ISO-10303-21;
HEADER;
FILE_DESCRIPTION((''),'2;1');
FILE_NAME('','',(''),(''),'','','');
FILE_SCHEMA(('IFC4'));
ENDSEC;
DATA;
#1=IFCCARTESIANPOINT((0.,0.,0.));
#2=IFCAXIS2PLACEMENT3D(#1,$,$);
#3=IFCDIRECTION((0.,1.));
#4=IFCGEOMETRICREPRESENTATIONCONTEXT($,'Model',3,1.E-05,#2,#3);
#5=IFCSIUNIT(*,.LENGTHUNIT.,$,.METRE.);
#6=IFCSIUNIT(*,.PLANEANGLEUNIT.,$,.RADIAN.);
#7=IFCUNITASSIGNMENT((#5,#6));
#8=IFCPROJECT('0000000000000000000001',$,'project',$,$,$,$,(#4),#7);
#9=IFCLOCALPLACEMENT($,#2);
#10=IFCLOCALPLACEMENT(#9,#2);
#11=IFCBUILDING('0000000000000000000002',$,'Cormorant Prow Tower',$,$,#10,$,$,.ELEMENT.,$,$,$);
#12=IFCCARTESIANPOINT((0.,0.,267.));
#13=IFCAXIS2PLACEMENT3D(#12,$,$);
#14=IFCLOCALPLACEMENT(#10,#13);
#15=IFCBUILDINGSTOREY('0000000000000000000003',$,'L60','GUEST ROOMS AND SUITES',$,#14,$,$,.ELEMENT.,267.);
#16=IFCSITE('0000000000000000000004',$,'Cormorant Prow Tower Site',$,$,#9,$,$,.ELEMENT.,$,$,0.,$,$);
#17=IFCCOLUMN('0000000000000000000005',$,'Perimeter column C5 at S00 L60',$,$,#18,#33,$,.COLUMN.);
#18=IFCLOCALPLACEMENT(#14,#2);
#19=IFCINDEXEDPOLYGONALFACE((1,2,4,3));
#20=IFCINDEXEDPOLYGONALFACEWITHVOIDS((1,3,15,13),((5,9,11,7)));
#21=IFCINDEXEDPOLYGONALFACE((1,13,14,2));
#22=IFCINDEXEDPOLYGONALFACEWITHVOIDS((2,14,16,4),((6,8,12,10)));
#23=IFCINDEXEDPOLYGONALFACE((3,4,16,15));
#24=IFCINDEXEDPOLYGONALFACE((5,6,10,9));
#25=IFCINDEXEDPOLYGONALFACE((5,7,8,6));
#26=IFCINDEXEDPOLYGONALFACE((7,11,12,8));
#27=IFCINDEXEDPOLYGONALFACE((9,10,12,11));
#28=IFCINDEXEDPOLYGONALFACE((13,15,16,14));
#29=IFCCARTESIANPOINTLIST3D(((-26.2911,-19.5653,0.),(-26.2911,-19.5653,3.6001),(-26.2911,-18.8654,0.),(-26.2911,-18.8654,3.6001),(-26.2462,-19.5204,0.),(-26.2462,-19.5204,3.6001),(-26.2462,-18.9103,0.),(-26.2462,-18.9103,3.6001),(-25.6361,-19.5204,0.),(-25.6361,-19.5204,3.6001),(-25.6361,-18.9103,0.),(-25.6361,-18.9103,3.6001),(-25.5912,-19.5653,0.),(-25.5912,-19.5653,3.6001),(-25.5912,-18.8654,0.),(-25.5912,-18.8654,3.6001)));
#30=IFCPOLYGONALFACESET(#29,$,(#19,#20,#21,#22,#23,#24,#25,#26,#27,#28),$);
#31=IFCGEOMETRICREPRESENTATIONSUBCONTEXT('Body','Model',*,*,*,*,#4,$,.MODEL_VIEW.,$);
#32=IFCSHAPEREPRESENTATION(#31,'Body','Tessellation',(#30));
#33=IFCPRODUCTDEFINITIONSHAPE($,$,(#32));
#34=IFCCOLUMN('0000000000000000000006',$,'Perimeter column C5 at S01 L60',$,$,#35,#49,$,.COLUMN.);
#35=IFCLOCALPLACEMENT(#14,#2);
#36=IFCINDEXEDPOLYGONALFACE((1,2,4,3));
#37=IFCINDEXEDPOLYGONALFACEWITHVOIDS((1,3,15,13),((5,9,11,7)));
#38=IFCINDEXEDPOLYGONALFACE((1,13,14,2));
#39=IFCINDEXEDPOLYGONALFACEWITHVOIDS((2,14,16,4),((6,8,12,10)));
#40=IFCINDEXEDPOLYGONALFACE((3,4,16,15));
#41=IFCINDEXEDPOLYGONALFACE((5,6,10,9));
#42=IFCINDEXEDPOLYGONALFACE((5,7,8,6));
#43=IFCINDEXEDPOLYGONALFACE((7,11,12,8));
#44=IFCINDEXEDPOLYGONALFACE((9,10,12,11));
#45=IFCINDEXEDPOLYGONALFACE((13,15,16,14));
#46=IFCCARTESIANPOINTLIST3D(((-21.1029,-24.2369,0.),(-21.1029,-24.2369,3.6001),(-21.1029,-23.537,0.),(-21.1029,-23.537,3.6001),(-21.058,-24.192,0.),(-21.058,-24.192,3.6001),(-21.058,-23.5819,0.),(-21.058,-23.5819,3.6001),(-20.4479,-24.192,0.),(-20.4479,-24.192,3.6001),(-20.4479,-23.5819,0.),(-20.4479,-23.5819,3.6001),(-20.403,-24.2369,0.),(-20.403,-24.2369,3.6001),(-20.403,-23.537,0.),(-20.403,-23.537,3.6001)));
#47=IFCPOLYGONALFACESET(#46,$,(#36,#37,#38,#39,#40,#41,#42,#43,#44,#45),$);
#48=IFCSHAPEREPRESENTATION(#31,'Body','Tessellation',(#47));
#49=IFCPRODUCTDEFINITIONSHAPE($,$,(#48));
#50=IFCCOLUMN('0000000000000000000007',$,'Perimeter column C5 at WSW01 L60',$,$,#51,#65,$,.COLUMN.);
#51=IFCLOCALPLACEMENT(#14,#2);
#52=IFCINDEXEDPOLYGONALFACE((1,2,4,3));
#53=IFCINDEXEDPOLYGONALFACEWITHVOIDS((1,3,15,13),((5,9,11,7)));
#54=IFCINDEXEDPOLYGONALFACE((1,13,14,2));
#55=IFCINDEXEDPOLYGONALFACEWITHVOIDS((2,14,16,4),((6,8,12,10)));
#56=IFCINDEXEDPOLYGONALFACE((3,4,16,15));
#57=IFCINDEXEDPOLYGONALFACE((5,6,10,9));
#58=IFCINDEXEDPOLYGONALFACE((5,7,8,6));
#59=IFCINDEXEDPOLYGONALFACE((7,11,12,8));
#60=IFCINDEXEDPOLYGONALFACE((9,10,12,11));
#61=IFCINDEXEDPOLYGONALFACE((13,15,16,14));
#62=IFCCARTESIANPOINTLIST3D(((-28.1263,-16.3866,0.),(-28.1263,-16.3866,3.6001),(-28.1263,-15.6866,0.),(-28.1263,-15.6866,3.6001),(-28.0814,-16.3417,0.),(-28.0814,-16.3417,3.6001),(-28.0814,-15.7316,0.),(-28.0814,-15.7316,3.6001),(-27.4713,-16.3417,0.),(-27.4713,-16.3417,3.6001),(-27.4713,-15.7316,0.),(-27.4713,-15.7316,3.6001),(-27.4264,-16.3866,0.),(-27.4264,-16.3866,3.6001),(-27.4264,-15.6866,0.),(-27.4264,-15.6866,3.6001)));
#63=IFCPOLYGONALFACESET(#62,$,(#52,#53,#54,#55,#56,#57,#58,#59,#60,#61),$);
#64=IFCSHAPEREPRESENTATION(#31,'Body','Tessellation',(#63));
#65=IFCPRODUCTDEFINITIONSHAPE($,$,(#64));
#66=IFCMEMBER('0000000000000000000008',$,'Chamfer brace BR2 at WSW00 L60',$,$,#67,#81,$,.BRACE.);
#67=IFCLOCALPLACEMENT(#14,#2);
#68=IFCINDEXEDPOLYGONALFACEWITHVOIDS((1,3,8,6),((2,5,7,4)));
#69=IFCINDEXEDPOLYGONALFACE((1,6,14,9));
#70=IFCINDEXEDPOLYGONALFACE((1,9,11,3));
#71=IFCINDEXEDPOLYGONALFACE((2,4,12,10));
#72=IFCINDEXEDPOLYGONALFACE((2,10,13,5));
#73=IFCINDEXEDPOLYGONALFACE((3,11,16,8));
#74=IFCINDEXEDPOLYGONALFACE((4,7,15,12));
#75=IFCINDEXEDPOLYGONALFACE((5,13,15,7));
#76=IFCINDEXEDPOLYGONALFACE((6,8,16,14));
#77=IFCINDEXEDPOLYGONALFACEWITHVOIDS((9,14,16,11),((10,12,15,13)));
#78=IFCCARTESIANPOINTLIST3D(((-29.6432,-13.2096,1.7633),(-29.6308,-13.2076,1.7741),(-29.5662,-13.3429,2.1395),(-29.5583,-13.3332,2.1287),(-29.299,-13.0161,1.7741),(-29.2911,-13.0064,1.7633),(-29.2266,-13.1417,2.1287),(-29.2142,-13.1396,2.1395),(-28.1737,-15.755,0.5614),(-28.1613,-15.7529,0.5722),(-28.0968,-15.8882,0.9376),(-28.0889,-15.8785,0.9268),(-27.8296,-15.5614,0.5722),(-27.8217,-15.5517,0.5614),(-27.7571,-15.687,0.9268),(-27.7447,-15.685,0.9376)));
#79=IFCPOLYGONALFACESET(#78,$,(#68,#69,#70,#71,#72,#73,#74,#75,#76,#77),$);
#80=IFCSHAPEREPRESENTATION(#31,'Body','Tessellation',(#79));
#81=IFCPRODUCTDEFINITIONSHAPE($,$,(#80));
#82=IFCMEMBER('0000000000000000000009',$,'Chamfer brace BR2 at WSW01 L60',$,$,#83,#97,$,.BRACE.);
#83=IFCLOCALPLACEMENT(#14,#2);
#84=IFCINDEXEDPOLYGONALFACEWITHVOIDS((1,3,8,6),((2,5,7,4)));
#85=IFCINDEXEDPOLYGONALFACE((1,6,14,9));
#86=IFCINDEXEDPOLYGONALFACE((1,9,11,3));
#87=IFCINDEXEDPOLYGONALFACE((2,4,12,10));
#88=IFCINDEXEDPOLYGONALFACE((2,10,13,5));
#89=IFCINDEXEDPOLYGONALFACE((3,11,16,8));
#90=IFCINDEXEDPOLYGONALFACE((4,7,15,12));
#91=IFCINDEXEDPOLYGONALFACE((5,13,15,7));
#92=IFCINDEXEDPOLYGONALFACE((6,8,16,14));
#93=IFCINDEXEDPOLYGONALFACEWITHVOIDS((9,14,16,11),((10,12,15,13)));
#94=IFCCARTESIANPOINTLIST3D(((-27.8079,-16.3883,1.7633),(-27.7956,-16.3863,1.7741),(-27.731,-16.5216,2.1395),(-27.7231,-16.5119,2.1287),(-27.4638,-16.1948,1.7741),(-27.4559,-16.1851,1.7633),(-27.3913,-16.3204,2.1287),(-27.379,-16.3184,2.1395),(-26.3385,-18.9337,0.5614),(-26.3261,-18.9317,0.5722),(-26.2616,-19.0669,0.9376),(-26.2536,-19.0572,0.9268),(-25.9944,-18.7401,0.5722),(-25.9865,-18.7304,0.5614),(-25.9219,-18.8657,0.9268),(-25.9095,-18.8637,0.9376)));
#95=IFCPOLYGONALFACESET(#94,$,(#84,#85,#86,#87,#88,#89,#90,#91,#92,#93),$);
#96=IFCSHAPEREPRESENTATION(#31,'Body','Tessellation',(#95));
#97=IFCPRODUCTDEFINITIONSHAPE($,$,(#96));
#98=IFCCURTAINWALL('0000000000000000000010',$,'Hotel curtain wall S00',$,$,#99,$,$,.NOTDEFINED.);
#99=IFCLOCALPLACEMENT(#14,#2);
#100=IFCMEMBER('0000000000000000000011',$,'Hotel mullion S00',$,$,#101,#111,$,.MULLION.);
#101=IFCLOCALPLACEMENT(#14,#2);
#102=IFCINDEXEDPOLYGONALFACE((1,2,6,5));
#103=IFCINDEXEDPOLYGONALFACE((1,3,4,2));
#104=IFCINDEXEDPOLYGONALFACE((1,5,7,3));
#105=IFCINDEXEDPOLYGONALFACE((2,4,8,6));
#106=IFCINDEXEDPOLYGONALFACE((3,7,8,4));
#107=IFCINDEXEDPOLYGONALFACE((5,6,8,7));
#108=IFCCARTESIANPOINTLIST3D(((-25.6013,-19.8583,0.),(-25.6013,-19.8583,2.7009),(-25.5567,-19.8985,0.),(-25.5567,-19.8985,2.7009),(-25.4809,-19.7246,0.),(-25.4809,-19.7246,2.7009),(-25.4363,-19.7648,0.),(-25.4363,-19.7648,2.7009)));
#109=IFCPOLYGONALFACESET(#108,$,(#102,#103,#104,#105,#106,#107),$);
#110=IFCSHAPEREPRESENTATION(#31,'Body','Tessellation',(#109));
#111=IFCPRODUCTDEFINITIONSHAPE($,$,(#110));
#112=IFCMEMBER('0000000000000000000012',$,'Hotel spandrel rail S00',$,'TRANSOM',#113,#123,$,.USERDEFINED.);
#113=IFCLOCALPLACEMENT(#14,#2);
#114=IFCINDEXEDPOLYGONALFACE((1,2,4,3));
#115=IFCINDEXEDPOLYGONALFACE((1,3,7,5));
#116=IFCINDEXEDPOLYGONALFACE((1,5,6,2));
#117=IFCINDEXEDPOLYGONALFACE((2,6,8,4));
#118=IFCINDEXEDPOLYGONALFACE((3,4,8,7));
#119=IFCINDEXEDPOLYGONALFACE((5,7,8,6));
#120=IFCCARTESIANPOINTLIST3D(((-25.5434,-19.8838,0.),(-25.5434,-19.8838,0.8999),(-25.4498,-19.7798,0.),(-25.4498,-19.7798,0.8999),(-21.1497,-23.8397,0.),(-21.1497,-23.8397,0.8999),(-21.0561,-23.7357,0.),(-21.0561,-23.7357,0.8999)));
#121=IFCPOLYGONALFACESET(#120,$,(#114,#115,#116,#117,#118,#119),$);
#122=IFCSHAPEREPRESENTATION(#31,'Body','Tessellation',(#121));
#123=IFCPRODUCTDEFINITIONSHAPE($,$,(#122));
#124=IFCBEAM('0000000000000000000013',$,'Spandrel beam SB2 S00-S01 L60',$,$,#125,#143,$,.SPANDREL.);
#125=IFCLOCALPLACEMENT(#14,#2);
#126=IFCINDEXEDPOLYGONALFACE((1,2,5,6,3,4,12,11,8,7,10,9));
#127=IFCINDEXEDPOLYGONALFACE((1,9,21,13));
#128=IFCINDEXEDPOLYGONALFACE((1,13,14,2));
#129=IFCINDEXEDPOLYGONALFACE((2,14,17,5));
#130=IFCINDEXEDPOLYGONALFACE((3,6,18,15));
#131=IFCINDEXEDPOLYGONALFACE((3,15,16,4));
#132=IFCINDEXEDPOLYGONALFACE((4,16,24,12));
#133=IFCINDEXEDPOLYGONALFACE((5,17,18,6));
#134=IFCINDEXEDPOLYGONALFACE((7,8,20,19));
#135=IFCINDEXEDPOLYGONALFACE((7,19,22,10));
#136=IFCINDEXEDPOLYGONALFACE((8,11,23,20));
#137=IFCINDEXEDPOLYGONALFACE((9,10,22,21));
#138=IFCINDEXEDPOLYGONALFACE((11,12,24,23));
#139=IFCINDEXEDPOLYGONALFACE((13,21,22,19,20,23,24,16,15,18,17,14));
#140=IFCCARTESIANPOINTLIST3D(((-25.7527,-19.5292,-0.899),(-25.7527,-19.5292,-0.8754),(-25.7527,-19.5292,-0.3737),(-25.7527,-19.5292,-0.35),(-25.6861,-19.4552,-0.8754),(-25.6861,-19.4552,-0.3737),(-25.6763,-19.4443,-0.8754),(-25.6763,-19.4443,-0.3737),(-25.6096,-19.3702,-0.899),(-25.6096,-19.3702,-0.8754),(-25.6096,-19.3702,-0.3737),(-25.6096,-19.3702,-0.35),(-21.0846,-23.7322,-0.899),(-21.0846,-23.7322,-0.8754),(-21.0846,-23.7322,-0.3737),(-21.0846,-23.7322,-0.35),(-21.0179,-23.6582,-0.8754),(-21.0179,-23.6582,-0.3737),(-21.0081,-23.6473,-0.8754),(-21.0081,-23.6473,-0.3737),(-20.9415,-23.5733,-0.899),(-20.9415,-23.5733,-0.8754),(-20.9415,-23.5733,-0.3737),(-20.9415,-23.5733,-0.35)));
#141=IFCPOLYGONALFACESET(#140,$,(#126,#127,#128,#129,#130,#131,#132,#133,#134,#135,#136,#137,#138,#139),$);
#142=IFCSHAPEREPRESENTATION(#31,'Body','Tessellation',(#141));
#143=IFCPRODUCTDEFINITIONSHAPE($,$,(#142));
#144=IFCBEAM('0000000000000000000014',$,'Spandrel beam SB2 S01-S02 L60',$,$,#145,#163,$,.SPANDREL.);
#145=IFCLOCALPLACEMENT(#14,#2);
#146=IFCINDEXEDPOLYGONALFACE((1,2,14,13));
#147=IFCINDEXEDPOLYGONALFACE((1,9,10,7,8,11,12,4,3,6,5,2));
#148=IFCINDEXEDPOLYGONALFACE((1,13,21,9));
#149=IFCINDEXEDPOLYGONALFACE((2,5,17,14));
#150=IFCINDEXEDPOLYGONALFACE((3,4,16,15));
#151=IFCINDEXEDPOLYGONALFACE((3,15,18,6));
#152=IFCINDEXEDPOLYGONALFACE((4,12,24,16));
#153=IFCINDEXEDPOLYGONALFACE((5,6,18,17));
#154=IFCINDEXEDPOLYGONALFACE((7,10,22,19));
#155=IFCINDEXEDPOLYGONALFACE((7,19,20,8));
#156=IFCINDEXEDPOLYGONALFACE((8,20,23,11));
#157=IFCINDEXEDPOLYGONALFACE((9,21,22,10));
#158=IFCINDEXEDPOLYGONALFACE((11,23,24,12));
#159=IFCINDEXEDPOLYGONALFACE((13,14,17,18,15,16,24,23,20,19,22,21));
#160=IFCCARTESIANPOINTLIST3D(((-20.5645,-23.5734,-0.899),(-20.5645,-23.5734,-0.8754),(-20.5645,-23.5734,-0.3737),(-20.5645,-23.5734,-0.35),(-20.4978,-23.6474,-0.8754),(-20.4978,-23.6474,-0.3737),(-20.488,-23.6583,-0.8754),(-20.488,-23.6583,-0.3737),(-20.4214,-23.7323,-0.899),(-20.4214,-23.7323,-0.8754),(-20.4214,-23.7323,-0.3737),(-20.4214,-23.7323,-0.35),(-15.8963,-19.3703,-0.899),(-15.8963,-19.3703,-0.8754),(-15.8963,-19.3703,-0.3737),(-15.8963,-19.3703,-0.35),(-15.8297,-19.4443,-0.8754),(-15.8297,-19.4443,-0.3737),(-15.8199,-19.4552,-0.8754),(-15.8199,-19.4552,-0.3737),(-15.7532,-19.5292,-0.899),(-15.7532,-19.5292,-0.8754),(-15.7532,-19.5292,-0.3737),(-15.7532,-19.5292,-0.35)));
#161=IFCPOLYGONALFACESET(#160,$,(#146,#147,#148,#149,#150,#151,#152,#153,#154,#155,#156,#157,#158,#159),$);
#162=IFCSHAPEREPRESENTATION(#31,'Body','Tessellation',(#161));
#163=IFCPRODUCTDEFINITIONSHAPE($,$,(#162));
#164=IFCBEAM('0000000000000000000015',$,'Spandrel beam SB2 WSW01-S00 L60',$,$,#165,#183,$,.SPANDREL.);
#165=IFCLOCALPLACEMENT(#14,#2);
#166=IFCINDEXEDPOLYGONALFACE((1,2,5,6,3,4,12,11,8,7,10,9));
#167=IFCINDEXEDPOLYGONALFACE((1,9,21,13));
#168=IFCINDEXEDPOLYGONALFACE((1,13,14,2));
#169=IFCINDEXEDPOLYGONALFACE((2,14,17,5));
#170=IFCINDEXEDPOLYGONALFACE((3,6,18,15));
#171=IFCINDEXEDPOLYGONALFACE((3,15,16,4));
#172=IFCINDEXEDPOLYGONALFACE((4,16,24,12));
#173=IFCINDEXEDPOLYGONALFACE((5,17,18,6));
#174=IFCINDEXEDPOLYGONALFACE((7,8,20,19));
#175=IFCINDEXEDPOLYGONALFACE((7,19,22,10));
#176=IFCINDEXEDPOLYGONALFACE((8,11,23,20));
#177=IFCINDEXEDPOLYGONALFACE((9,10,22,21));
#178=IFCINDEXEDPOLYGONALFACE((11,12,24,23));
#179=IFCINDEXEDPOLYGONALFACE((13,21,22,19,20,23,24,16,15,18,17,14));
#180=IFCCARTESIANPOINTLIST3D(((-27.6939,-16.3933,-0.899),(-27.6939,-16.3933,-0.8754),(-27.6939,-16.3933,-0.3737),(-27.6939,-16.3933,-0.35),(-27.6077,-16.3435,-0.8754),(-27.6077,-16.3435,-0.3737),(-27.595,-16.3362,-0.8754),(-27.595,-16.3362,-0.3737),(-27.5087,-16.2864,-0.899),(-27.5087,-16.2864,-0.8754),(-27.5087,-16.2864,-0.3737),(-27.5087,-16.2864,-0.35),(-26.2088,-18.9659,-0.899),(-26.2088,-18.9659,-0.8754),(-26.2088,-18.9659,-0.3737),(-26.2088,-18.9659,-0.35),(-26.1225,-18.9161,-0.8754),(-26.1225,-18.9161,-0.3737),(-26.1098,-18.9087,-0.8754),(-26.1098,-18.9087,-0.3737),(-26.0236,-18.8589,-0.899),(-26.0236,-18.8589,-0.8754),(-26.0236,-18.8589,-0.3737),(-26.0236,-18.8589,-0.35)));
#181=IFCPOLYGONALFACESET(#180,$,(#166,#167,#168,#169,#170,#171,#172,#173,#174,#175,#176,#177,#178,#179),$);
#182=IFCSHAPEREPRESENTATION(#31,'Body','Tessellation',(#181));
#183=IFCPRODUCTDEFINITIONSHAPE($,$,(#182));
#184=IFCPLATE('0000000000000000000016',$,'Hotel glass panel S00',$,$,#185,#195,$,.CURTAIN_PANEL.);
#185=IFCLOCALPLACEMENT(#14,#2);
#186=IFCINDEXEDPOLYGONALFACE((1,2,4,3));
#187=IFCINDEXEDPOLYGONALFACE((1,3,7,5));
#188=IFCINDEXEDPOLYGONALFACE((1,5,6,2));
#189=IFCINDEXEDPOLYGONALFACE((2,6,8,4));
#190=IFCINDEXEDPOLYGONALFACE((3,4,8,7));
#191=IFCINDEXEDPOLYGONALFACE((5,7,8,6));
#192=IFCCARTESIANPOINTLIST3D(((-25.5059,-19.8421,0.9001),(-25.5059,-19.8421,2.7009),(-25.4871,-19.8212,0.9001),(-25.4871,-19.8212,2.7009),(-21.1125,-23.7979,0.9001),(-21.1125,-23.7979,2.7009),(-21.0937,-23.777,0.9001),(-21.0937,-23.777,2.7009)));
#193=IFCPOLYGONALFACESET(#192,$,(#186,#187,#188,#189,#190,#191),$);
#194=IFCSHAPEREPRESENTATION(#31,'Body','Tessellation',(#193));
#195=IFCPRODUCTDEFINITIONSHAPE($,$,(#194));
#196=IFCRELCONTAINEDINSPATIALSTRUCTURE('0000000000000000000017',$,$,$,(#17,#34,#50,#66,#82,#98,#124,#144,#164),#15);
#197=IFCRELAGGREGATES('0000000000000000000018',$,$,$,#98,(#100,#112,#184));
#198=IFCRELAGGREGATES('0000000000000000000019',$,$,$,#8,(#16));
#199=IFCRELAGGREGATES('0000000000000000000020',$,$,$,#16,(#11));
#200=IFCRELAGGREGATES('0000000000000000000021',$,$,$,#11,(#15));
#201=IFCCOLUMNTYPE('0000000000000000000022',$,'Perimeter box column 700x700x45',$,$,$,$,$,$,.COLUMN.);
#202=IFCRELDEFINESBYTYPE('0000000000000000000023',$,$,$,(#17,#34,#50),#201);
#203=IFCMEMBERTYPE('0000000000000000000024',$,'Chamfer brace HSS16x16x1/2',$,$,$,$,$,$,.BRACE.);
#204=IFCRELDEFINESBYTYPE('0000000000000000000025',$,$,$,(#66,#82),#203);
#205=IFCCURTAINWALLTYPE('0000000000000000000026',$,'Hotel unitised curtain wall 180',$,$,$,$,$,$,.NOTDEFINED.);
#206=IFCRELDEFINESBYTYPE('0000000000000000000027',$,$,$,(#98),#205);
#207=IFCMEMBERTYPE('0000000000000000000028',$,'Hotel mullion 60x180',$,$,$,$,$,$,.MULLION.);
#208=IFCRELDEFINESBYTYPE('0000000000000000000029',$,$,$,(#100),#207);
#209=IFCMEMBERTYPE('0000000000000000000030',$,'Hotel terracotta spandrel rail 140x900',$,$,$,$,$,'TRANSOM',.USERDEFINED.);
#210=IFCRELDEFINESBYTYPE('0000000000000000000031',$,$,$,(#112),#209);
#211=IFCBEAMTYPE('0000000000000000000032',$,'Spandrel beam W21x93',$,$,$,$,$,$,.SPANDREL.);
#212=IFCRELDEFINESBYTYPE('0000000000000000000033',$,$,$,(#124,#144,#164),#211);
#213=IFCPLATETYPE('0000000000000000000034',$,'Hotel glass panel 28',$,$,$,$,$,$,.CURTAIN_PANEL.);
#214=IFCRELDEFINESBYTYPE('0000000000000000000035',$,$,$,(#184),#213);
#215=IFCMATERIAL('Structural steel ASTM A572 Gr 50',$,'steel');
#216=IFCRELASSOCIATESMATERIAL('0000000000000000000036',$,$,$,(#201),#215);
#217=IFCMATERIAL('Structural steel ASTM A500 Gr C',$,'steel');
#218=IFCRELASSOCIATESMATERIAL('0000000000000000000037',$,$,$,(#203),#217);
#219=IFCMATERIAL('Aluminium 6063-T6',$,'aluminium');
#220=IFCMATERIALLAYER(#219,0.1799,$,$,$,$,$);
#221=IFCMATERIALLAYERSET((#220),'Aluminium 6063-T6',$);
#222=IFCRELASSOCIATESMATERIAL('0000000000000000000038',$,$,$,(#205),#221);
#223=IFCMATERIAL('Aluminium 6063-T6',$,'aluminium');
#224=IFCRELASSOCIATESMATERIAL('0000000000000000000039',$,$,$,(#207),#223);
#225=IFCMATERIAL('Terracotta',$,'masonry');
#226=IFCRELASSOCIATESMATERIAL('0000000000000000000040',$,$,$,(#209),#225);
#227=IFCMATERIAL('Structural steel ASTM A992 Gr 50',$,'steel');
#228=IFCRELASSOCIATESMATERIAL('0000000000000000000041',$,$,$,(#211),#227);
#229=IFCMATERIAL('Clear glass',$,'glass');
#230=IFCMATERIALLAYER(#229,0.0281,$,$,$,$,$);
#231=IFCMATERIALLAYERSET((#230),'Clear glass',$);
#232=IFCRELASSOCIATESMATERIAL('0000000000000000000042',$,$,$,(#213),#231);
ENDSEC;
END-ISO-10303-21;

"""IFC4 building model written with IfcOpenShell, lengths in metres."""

from ifc_helpers import new_model, si_unit, direction, frame, origin, origin_2d, place, context, subcontext, project, spatial, rectangle, hollow_rectangle, i_section, extrude, material, layer, layer_set, material_profile, profile_set, type_object, element, aggregate, save


model = new_model("IFC4")

# Units and contexts
model_context = context("Model", 3, precision=1e-05, world=origin(), true_north=direction((0.0, 1.0)))
body_context = subcontext(model_context, "Body", "Model", "MODEL_VIEW")
ifc_project = project(units=[si_unit("LENGTHUNIT", "METRE"), si_unit("PLANEANGLEUNIT", "RADIAN")], contexts=[model_context])

# Site, building, storey
site_placement = place(None, origin())
site = spatial("IfcSite", under=ifc_project, at=site_placement, Name="Cormorant Prow Tower Site", CompositionType="ELEMENT", RefElevation=0.0)
building_placement = place(site_placement, origin())
building = spatial("IfcBuilding", under=site, at=building_placement, Name="Cormorant Prow Tower", CompositionType="ELEMENT")
storey_placement = place(building_placement, frame((0.0, 0.0, 267.0)))
storey = spatial("IfcBuildingStorey", under=building, at=storey_placement, Name="L60", Description="GUEST ROOMS AND SUITES", CompositionType="ELEMENT", Elevation=267.0)

# Columns
ifc_material_1 = material(Name="Structural steel ASTM A572 Gr 50", Category="steel")
ifc_material_profile_1 = material_profile(ifc_material_1, hollow_rectangle(XDim=0.7, YDim=0.7, WallThickness=0.0449, at=origin_2d()), Name="Box 700x700x45")
ifc_profile_set_1 = profile_set([ifc_material_profile_1], Name="Structural steel ASTM A572 Gr 50")
column_type = type_object("IfcColumnType", Name="Perimeter box column 700x700x45", PredefinedType="COLUMN", material=ifc_profile_set_1)
for number, where, z_axis, x_axis, name in (
    (1, (-25.9412, -19.2153, 0.0), (0.0, 0.0, 1.0), (1.0, 0.0, 0.0), "Perimeter column C5 at S00 L60"),
    (2, (-20.7529, -23.887, 0.0), (0.0, 0.0, 1.0), (1.0, 0.0, 0.0), "Perimeter column C5 at S01 L60"),
    (3, (-27.7764, -16.0366, 0.0), (0.0, 0.0, 1.0), (1.0, 0.0, 0.0), "Perimeter column C5 at WSW01 L60"),
):
    element("IfcColumn", number, at=place(storey_placement, frame(where, z_axis=z_axis, x_axis=x_axis)), inside=storey, type_object=column_type, Name=name, PredefinedType="COLUMN", context=body_context, shape_type="SweptSolid", body=[
        extrude(hollow_rectangle(XDim=0.7, YDim=0.7, WallThickness=0.0449, at=origin_2d()), origin(), (0.0, 0.0, 1.0), 3.6001),
    ])

# Members
ifc_material_2 = material(Name="Structural steel ASTM A500 Gr C", Category="steel")
ifc_material_profile_2 = material_profile(ifc_material_2, hollow_rectangle(XDim=0.4065, YDim=0.4065, WallThickness=0.0117, at=origin_2d()), Name="HSS16x16x1/2")
ifc_profile_set_2 = profile_set([ifc_material_profile_2], Name="Structural steel ASTM A500 Gr C")
member_type_1 = type_object("IfcMemberType", Name="Chamfer brace HSS16x16x1/2", PredefinedType="BRACE", material=ifc_profile_set_2)
for number, where, z_axis, x_axis, name in (
    (4, (-27.9592, -15.72, 0.7495), (-0.462773, 0.801607, 0.378507), (-0.866042, -0.499972, 0.0), "Chamfer brace BR2 at WSW00 L60"),
    (5, (-26.124, -18.8987, 0.7495), (-0.462773, 0.801607, 0.378507), (-0.866042, -0.499972, 0.0), "Chamfer brace BR2 at WSW01 L60"),
):
    element("IfcMember", number, at=place(storey_placement, frame(where, z_axis=z_axis, x_axis=x_axis)), inside=storey, type_object=member_type_1, Name=name, PredefinedType="BRACE", context=body_context, shape_type="SweptSolid", body=[
        extrude(hollow_rectangle(XDim=0.4065, YDim=0.4065, WallThickness=0.0117, at=origin_2d()), origin(), (0.0, 0.0, 1.0), 3.1753),
    ])

# Curtain wall, members
ifc_material_3 = material(Name="Aluminium 6063-T6", Category="aluminium")
ifc_layer_1 = layer(ifc_material_3, 0.1799)
ifc_layer_set_1 = layer_set([ifc_layer_1], Name="Aluminium 6063-T6")
curtain_wall_type = type_object("IfcCurtainWallType", Name="Hotel unitised curtain wall 180", PredefinedType="NOTDEFINED", material=ifc_layer_set_1)
curtain_wall_placement = place(storey_placement, origin())
curtain_wall = element("IfcCurtainWall", 6, at=curtain_wall_placement, inside=storey, type_object=curtain_wall_type, Name="Hotel curtain wall S00", PredefinedType="NOTDEFINED")
ifc_material_4 = material(Name="Aluminium 6063-T6", Category="aluminium")
ifc_material_profile_3 = material_profile(ifc_material_4, rectangle(XDim=0.1799, YDim=0.0601, at=origin_2d()), Name="Hotel mullion 60x180")
ifc_profile_set_3 = profile_set([ifc_material_profile_3], Name="Aluminium 6063-T6")
member_type_2 = type_object("IfcMemberType", Name="Hotel mullion 60x180", PredefinedType="MULLION", material=ifc_profile_set_3)
member_1_placement = place(storey_placement, frame((-25.5188, -19.8115, 0.0), z_axis=(0.0, 0.0, 1.0), x_axis=(0.669131, 0.743145, 0.0)))
member_1 = element("IfcMember", 7, at=member_1_placement, type_object=member_type_2, Name="Hotel mullion S00", PredefinedType="MULLION", context=body_context, shape_type="SweptSolid", body=[
    extrude(rectangle(XDim=0.1799, YDim=0.0601, at=origin_2d()), origin(), (0.0, 0.0, 1.0), 2.7009),
])
ifc_material_5 = material(Name="Terracotta", Category="masonry")
ifc_material_profile_4 = material_profile(ifc_material_5, rectangle(XDim=0.1399, YDim=0.8999, at=origin_2d()), Name="Hotel terracotta spandrel rail 140x900")
ifc_profile_set_4 = profile_set([ifc_material_profile_4], Name="Terracotta")
member_type_3 = type_object("IfcMemberType", Name="Hotel terracotta spandrel rail 140x900", ElementType="TRANSOM", PredefinedType="USERDEFINED", material=ifc_profile_set_4)
member_2_placement = place(storey_placement, frame((-25.4966, -19.8318, 0.45), z_axis=(0.743159, -0.669115, 0.0), x_axis=(0.669115, 0.743159, 0.0)))
member_2 = element("IfcMember", 8, at=member_2_placement, type_object=member_type_3, Name="Hotel spandrel rail S00", ObjectType="TRANSOM", PredefinedType="USERDEFINED", context=body_context, shape_type="SweptSolid", body=[
    extrude(rectangle(XDim=0.1399, YDim=0.8999, at=origin_2d()), origin(), (0.0, 0.0, 1.0), 5.9121),
])

# Beams
ifc_material_6 = material(Name="Structural steel ASTM A992 Gr 50", Category="steel")
ifc_material_profile_5 = material_profile(ifc_material_6, i_section(OverallWidth=0.2139, OverallDepth=0.5491, WebThickness=0.0146, FlangeThickness=0.0237, at=origin_2d()), Name="W21x93")
ifc_profile_set_5 = profile_set([ifc_material_profile_5], Name="Structural steel ASTM A992 Gr 50")
beam_type = type_object("IfcBeamType", Name="Spandrel beam W21x93", PredefinedType="SPANDREL", material=ifc_profile_set_5)
for number, where, z_axis, x_axis, name in (
    (9, (-25.6812, -19.4497, -0.6245), (0.743157, -0.669117, 0.0), (0.669117, 0.743157, 0.0), "Spandrel beam SB2 S00-S01 L60"),
    (10, (-20.4929, -23.6528, -0.6245), (0.743157, 0.669117, 0.0), (-0.669117, 0.743157, 0.0), "Spandrel beam SB2 S01-S02 L60"),
):
    element("IfcBeam", number, at=place(storey_placement, frame(where, z_axis=z_axis, x_axis=x_axis)), inside=storey, type_object=beam_type, Name=name, PredefinedType="SPANDREL", context=body_context, shape_type="SweptSolid", body=[
        extrude(i_section(OverallWidth=0.2139, OverallDepth=0.5491, WebThickness=0.0146, FlangeThickness=0.0237, at=origin_2d()), origin(), (0.0, 0.0, 1.0), 6.2815),
    ])
beam_placement = place(storey_placement, frame((-27.6013, -16.3398, -0.6245), z_axis=(0.499967, -0.866045, 0.0), x_axis=(0.866045, 0.499967, 0.0)))
element("IfcBeam", 11, at=beam_placement, inside=storey, type_object=beam_type, Name="Spandrel beam SB2 WSW01-S00 L60", PredefinedType="SPANDREL", context=body_context, shape_type="SweptSolid", body=[
    extrude(i_section(OverallWidth=0.2139, OverallDepth=0.5491, WebThickness=0.0146, FlangeThickness=0.0237, at=origin_2d()), origin(), (0.0, 0.0, 1.0), 2.9705),
])

# Plate
ifc_material_7 = material(Name="Clear glass", Category="glass")
ifc_layer_2 = layer(ifc_material_7, 0.0281)
ifc_layer_set_2 = layer_set([ifc_layer_2], Name="Clear glass")
plate_type = type_object("IfcPlateType", Name="Hotel glass panel 28", PredefinedType="CURTAIN_PANEL", material=ifc_layer_set_2)
plate_placement = place(storey_placement, frame((-23.2998, -21.8096, 0.9001), z_axis=(0.0, 0.0, 1.0), x_axis=(0.743145, -0.669131, 0.0)))
plate = element("IfcPlate", 12, at=plate_placement, type_object=plate_type, Name="Hotel glass panel S00", PredefinedType="CURTAIN_PANEL", context=body_context, shape_type="SweptSolid", body=[
    extrude(rectangle(XDim=5.9119, YDim=0.0281, at=origin_2d()), origin(), (0.0, 0.0, 1.0), 1.8008),
])
aggregate(curtain_wall, [member_1, member_2, plate])

save(model, "model.ifc")
